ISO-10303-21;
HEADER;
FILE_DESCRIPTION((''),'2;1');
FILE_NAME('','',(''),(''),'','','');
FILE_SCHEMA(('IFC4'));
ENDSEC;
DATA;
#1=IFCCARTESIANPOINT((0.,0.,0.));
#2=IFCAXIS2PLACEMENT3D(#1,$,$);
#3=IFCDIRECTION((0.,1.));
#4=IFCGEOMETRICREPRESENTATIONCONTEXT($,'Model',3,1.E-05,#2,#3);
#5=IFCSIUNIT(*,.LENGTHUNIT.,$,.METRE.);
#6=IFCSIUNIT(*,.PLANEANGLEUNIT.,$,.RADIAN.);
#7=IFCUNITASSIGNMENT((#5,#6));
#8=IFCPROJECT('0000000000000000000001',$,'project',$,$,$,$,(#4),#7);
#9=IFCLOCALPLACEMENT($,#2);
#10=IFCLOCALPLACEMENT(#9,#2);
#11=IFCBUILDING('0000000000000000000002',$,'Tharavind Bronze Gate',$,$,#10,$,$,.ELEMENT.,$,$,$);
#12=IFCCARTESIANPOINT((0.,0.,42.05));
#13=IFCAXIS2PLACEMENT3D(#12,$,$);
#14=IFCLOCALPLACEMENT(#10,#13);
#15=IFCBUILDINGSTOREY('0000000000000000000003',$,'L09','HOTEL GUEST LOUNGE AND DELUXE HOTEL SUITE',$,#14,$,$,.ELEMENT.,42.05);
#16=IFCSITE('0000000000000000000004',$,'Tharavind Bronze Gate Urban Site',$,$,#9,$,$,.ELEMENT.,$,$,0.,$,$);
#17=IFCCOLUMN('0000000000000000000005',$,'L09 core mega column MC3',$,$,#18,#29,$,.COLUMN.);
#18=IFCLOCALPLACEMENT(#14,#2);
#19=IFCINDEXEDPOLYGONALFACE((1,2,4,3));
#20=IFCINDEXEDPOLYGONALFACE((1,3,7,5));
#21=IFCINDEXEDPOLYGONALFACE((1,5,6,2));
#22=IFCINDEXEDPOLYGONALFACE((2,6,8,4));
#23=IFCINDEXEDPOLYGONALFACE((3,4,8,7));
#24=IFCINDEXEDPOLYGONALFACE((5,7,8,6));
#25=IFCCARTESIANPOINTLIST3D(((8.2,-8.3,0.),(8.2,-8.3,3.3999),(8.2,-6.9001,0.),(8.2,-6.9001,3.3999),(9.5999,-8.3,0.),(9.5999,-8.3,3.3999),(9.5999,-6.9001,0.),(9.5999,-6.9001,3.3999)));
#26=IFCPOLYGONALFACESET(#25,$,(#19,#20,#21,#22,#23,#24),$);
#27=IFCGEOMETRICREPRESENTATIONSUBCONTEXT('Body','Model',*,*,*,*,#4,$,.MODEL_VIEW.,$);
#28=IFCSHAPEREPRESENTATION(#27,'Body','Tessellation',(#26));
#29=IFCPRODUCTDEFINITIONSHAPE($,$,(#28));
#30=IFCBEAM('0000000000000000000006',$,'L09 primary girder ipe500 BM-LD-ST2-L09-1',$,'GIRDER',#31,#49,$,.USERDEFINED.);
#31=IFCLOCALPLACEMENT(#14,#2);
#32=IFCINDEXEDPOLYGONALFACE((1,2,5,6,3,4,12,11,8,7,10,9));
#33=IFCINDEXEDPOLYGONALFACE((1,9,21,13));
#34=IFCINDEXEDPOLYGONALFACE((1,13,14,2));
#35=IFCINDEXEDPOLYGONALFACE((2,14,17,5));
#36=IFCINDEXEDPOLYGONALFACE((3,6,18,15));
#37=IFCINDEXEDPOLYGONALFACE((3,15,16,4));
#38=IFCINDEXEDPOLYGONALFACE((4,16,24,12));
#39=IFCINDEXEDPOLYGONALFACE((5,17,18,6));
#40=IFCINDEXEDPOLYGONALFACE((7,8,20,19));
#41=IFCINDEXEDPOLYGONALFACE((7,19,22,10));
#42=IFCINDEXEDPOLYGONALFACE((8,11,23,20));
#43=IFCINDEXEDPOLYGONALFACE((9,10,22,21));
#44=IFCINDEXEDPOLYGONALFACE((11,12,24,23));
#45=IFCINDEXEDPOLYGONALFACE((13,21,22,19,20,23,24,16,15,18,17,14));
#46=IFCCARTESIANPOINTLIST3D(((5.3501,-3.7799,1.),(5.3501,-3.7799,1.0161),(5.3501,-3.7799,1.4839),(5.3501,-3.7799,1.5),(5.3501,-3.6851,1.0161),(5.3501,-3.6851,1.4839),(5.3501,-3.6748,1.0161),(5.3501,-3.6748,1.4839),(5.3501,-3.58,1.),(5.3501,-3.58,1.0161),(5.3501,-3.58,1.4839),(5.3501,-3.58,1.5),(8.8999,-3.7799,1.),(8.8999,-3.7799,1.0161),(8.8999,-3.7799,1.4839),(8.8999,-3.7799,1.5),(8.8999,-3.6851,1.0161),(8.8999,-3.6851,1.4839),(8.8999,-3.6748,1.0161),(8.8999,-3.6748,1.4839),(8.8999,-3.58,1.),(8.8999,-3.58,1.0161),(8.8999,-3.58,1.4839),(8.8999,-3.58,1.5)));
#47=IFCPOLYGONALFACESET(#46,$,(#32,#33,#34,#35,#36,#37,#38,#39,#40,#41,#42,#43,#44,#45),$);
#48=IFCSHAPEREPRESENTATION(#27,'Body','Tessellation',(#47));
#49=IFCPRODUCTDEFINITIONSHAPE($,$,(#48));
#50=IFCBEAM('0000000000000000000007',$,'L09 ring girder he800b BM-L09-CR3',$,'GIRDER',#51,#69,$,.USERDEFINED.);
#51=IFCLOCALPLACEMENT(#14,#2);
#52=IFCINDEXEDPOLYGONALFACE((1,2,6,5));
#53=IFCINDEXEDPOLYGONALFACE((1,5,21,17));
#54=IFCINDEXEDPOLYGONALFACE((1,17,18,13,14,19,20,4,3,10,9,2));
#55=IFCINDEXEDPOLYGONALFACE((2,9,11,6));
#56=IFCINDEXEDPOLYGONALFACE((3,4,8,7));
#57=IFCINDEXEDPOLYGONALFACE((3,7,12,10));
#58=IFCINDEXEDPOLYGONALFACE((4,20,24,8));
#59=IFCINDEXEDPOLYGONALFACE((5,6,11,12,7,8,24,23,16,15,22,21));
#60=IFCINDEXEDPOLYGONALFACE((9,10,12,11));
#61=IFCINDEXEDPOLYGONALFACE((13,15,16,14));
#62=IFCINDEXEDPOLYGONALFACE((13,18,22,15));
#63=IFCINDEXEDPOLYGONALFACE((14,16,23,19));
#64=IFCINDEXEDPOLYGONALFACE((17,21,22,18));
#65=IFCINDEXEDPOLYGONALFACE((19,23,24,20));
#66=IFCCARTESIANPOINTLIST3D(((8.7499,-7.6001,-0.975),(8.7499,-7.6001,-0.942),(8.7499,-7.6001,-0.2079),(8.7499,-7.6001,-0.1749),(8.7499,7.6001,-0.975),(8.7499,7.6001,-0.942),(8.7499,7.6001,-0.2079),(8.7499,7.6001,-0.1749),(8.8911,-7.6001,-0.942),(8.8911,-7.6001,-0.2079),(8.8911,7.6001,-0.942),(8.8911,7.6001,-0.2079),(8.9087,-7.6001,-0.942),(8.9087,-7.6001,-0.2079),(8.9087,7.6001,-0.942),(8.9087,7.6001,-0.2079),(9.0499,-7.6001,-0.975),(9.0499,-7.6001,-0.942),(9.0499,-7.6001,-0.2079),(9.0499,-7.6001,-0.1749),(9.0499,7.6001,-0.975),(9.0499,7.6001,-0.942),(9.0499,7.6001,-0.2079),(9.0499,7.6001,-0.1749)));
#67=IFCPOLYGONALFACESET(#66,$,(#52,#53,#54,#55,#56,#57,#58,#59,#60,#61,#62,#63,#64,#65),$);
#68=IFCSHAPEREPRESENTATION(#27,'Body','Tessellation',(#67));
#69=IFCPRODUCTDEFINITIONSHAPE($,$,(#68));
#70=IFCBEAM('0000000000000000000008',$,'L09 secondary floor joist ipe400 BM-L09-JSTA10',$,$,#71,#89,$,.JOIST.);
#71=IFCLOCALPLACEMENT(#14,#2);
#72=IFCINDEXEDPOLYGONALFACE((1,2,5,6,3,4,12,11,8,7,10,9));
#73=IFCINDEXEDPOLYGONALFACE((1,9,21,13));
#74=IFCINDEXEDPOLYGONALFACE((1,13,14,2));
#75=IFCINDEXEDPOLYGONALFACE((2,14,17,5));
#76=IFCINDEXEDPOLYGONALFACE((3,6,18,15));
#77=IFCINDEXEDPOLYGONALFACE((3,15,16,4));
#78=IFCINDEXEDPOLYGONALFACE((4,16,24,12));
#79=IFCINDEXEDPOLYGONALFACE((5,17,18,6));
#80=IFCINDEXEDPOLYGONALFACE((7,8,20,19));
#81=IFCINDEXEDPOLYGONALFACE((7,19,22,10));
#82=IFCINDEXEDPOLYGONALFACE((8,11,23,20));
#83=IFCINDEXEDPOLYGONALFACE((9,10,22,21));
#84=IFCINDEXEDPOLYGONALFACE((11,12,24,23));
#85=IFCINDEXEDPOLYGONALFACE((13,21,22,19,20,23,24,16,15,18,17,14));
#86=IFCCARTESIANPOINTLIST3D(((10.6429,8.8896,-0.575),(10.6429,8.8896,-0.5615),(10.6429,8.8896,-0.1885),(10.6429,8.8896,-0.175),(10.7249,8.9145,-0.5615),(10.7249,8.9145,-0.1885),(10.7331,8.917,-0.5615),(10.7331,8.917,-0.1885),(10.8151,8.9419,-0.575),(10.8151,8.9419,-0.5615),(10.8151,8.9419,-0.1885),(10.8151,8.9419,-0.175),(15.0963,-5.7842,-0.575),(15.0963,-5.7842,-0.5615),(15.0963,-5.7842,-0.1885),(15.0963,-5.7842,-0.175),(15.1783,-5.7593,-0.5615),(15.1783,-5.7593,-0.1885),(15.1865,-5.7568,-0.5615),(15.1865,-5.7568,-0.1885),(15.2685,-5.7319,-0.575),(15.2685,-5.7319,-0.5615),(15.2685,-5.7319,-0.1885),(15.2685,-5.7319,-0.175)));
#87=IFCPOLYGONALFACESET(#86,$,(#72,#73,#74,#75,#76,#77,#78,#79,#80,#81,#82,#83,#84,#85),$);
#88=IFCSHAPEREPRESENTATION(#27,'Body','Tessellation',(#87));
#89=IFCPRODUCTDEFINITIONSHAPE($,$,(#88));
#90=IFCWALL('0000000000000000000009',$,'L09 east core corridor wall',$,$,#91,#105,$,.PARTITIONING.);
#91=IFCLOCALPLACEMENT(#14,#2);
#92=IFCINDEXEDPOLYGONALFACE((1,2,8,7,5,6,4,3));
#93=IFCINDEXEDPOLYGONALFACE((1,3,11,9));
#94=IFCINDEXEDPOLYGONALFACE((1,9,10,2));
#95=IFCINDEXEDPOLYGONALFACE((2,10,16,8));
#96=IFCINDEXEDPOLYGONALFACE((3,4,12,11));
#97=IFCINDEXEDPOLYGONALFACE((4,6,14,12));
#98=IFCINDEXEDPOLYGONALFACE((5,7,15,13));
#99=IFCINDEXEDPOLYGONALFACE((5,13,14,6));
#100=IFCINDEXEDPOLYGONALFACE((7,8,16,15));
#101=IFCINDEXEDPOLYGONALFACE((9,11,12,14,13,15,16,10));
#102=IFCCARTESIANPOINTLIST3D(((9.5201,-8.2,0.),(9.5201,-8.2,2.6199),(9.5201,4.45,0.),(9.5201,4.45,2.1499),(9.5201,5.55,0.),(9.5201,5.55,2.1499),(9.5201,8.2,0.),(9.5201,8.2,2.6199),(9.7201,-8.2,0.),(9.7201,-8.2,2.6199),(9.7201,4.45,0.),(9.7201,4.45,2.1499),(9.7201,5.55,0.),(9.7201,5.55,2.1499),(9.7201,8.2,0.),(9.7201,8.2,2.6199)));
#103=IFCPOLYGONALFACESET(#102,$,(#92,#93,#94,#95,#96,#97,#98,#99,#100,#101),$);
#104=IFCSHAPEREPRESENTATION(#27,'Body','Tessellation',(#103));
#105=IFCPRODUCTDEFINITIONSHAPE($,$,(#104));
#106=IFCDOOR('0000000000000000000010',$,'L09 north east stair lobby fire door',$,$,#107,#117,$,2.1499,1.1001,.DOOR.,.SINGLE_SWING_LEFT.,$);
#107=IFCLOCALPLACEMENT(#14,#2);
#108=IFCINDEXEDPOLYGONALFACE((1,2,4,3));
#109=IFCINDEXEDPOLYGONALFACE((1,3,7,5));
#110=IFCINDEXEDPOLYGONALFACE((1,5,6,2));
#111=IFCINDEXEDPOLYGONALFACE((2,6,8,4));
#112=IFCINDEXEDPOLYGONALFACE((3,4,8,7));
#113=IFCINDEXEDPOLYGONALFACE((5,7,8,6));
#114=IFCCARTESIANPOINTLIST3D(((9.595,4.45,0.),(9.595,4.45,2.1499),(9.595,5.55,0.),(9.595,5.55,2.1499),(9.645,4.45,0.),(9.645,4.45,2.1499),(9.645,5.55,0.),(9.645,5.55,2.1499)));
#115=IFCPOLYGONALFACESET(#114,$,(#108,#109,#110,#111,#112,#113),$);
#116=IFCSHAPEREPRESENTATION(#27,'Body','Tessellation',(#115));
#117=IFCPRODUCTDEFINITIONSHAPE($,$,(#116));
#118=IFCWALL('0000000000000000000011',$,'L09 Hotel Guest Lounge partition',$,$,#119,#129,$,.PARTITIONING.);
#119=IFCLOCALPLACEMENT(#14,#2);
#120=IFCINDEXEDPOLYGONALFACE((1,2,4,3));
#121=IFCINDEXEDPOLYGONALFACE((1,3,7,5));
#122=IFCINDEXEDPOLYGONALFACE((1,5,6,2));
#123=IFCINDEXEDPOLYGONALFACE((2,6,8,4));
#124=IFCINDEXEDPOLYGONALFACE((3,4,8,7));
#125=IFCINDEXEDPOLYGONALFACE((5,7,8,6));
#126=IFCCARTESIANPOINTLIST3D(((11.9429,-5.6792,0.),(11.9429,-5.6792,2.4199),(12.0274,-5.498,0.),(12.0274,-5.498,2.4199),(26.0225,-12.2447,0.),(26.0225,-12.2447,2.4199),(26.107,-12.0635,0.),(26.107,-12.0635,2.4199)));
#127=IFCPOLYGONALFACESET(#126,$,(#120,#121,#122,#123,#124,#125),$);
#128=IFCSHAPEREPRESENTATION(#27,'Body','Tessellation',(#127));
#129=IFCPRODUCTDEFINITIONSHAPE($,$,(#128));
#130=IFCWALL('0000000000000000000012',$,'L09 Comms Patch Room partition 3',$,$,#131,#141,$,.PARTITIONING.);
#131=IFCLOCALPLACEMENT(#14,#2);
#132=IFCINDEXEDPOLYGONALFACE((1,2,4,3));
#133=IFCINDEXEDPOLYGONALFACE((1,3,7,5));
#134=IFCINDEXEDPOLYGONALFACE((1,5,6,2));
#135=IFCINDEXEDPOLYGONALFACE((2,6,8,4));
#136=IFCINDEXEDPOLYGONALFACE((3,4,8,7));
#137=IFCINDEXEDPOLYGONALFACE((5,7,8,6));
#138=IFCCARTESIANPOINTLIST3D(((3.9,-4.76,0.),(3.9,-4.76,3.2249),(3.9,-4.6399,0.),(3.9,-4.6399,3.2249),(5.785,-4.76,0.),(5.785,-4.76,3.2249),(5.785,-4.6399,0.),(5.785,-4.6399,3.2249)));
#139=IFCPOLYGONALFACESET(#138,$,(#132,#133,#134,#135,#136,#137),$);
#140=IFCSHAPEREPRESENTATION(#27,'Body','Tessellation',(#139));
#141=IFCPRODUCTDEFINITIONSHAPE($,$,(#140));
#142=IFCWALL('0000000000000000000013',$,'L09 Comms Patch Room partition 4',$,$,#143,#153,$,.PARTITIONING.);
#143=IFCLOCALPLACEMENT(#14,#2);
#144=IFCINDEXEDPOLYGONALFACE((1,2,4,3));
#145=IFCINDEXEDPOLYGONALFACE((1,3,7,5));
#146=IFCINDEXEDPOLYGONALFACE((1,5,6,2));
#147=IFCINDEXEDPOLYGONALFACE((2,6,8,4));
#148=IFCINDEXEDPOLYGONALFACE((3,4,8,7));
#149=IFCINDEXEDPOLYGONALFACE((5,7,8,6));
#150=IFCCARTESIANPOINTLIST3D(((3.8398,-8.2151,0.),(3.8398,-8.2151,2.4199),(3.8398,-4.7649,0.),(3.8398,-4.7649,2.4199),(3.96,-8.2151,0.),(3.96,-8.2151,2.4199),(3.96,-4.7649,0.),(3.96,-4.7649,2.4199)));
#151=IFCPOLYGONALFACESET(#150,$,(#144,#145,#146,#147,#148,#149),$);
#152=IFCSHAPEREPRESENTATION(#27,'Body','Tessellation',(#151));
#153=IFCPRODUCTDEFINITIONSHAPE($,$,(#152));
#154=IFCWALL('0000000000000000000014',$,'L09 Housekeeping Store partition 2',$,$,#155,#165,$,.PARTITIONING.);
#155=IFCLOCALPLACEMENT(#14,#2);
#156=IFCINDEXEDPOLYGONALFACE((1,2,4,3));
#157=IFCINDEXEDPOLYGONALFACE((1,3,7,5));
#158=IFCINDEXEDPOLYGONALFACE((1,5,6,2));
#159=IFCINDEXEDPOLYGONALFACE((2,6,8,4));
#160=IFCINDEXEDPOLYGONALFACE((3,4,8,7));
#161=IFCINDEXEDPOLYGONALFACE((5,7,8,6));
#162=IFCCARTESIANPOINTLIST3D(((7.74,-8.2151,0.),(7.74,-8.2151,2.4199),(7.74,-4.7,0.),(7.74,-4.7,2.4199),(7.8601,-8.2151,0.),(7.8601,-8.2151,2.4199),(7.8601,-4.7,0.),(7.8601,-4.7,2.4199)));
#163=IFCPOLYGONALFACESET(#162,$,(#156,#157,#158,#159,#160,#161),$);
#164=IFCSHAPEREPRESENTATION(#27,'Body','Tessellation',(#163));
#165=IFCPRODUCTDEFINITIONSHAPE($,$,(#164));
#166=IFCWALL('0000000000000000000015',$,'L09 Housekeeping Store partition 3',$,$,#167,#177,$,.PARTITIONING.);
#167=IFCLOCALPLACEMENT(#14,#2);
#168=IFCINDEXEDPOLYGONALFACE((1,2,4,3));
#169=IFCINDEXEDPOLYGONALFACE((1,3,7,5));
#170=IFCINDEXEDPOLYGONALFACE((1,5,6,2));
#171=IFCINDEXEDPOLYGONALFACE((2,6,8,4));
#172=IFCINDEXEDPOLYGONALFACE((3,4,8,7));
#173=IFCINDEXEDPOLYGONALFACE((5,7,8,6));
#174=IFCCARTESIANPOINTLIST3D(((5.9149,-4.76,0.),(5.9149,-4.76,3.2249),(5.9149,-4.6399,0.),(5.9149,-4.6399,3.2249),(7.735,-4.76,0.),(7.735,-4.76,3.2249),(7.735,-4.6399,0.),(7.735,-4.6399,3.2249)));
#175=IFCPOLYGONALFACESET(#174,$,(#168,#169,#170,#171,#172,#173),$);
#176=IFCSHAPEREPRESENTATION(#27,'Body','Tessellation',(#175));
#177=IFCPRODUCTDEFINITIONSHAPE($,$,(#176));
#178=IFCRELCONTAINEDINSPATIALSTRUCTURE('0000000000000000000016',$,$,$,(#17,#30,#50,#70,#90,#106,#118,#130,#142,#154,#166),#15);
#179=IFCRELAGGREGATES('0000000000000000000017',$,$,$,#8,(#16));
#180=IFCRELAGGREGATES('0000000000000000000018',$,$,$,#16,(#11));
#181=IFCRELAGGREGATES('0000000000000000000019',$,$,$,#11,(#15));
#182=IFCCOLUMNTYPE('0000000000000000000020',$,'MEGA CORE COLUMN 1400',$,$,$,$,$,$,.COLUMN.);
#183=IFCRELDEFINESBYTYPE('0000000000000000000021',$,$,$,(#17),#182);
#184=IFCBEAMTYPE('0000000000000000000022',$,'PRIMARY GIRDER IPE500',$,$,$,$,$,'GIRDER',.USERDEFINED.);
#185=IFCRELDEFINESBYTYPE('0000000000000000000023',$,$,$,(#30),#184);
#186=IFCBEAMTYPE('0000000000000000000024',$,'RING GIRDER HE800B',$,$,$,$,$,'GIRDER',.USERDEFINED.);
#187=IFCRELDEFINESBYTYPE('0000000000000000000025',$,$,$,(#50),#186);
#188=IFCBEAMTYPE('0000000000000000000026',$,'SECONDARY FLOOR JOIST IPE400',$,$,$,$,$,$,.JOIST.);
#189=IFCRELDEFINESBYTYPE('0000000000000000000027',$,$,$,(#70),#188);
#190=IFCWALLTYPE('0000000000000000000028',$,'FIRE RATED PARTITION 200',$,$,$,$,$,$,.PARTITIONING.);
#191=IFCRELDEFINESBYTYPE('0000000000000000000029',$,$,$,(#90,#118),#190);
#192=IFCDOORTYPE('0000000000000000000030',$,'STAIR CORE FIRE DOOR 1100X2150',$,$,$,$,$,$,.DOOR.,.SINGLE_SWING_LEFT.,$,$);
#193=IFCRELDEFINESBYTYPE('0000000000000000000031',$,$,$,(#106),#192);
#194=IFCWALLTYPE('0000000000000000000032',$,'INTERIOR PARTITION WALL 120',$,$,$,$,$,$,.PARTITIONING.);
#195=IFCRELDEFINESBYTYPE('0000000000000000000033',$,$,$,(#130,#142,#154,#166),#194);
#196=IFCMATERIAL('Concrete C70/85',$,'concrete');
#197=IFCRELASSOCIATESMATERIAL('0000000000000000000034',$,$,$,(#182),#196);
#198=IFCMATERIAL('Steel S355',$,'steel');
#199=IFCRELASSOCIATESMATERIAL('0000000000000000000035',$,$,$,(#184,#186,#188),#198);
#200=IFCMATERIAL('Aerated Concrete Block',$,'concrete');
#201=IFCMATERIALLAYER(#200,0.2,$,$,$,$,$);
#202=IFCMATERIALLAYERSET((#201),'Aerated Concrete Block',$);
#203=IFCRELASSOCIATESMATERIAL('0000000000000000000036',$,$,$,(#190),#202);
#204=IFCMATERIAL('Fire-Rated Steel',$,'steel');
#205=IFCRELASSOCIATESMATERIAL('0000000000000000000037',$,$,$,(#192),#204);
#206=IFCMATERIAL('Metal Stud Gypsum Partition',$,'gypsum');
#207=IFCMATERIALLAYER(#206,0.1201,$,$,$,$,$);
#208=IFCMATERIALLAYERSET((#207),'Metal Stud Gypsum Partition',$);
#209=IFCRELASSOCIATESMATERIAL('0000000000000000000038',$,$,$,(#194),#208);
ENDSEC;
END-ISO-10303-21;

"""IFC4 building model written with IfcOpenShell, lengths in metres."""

from ifc_helpers import new_model, si_unit, direction, frame, frame_2d, origin, origin_2d, place, context, subcontext, project, spatial, rectangle, i_section, extrude, material, layer, layer_set, material_profile, profile_set, type_object, element, fill, save


model = new_model("IFC4")

# Units and contexts
model_context = context("Model", 3, precision=1e-05, world=origin(), true_north=direction((0.0, 1.0)))
body_context = subcontext(model_context, "Body", "Model", "MODEL_VIEW")
ifc_project = project(units=[si_unit("LENGTHUNIT", "METRE"), si_unit("PLANEANGLEUNIT", "RADIAN")], contexts=[model_context])

# Site, building, storey
site_placement = place(None, origin())
site = spatial("IfcSite", under=ifc_project, at=site_placement, Name="Tharavind Bronze Gate Urban Site", CompositionType="ELEMENT", RefElevation=0.0)
building_placement = place(site_placement, origin())
building = spatial("IfcBuilding", under=site, at=building_placement, Name="Tharavind Bronze Gate", CompositionType="ELEMENT")
storey_placement = place(building_placement, frame((0.0, 0.0, 42.05)))
storey = spatial("IfcBuildingStorey", under=building, at=storey_placement, Name="L09", Description="HOTEL GUEST LOUNGE AND DELUXE HOTEL SUITE", CompositionType="ELEMENT", Elevation=42.05)

# Column
ifc_material_1 = material(Name="Concrete C70/85", Category="concrete")
ifc_material_profile_1 = material_profile(ifc_material_1, rectangle(XDim=1.3999, YDim=1.3999, at=origin_2d()), Name="RCCOL1400")
ifc_profile_set_1 = profile_set([ifc_material_profile_1], Name="Concrete C70/85")
column_type = type_object("IfcColumnType", Name="MEGA CORE COLUMN 1400", PredefinedType="COLUMN", material=ifc_profile_set_1)
column_placement = place(storey_placement, frame((8.8999, -7.6001, 0.0), z_axis=(0.0, 0.0, 1.0), x_axis=(1.0, 0.0, 0.0)))
element("IfcColumn", 1, at=column_placement, inside=storey, type_object=column_type, Name="L09 core mega column MC3", PredefinedType="COLUMN", context=body_context, shape_type="SweptSolid", body=[
    extrude(rectangle(XDim=1.3999, YDim=1.3999, at=origin_2d()), origin(), (0.0, 0.0, 1.0), 3.3999),
])

# Beams
ifc_material_2 = material(Name="Steel S355", Category="steel")
ifc_material_profile_2 = material_profile(ifc_material_2, i_section(OverallWidth=0.2, OverallDepth=0.5, WebThickness=0.0103, FlangeThickness=0.0161, at=origin_2d()), Name="IPE500")
ifc_profile_set_2 = profile_set([ifc_material_profile_2], Name="Steel S355")
beam_type_1 = type_object("IfcBeamType", Name="PRIMARY GIRDER IPE500", ElementType="GIRDER", PredefinedType="USERDEFINED", material=ifc_profile_set_2)
beam_1_placement = place(storey_placement, frame((5.3501, -3.6799, 1.25), z_axis=(1.0, 0.0, 0.0), x_axis=(0.0, 1.0, 0.0)))
element("IfcBeam", 2, at=beam_1_placement, inside=storey, type_object=beam_type_1, Name="L09 primary girder ipe500 BM-LD-ST2-L09-1", ObjectType="GIRDER", PredefinedType="USERDEFINED", context=body_context, shape_type="SweptSolid", body=[
    extrude(i_section(OverallWidth=0.2, OverallDepth=0.5, WebThickness=0.0103, FlangeThickness=0.0161, at=origin_2d()), origin(), (0.0, 0.0, 1.0), 3.5498),
])
ifc_material_profile_3 = material_profile(ifc_material_2, i_section(OverallWidth=0.3, OverallDepth=0.8, WebThickness=0.0176, FlangeThickness=0.033, at=origin_2d()), Name="HE800B")
ifc_profile_set_3 = profile_set([ifc_material_profile_3], Name="Steel S355")
beam_type_2 = type_object("IfcBeamType", Name="RING GIRDER HE800B", ElementType="GIRDER", PredefinedType="USERDEFINED", material=ifc_profile_set_3)
beam_2_placement = place(storey_placement, frame((8.8999, -7.6001, -0.575), z_axis=(0.0, 1.0, 0.0), x_axis=(-1.0, 0.0, 0.0)))
element("IfcBeam", 3, at=beam_2_placement, inside=storey, type_object=beam_type_2, Name="L09 ring girder he800b BM-L09-CR3", ObjectType="GIRDER", PredefinedType="USERDEFINED", context=body_context, shape_type="SweptSolid", body=[
    extrude(i_section(OverallWidth=0.3, OverallDepth=0.8, WebThickness=0.0176, FlangeThickness=0.033, at=origin_2d()), origin(), (0.0, 0.0, 1.0), 15.2002),
])
ifc_material_profile_4 = material_profile(ifc_material_2, i_section(OverallWidth=0.1799, OverallDepth=0.3999, WebThickness=0.0085, FlangeThickness=0.0134, at=origin_2d()), Name="IPE400")
ifc_profile_set_4 = profile_set([ifc_material_profile_4], Name="Steel S355")
beam_type_3 = type_object("IfcBeamType", Name="SECONDARY FLOOR JOIST IPE400", PredefinedType="JOIST", material=ifc_profile_set_4)
beam_3_placement = place(storey_placement, frame((15.1824, -5.7581, -0.375), z_axis=(-0.290411, 0.956902, 0.0), x_axis=(-0.956902, -0.290411, 0.0)))
element("IfcBeam", 4, at=beam_3_placement, inside=storey, type_object=beam_type_3, Name="L09 secondary floor joist ipe400 BM-L09-JSTA10", PredefinedType="JOIST", context=body_context, shape_type="SweptSolid", body=[
    extrude(i_section(OverallWidth=0.1799, OverallDepth=0.3999, WebThickness=0.0085, FlangeThickness=0.0134, at=origin_2d()), origin(), (0.0, 0.0, 1.0), 15.3347),
])

# Wall, opening, door
ifc_material_3 = material(Name="Aerated Concrete Block", Category="concrete")
ifc_layer_1 = layer(ifc_material_3, 0.2)
ifc_layer_set_1 = layer_set([ifc_layer_1], Name="Aerated Concrete Block")
wall_type_1 = type_object("IfcWallType", Name="FIRE RATED PARTITION 200", PredefinedType="PARTITIONING", material=ifc_layer_set_1)
wall_1_placement = place(storey_placement, frame((9.6201, -8.2, 0.0), z_axis=(0.0, 0.0, 1.0), x_axis=(0.0, 1.0, 0.0)))
wall_1 = element("IfcWall", 5, at=wall_1_placement, inside=storey, type_object=wall_type_1, Name="L09 east core corridor wall", PredefinedType="PARTITIONING", context=body_context, shape_type="SweptSolid", body=[
    extrude(rectangle(XDim=16.3999, YDim=0.2, at=frame_2d((8.2, 0.0))), origin(), (0.0, 0.0, 1.0), 2.6199),
])
opening_1_placement = place(wall_1_placement, frame((12.6499, 0.0, 0.0)))
opening_1 = element("IfcOpeningElement", 6, at=opening_1_placement, cuts=wall_1, PredefinedType="OPENING", context=body_context, shape_type="SweptSolid", body=[
    extrude(rectangle(XDim=1.1001, YDim=2.1499, at=frame_2d((0.55, 1.075))), frame((0.0, 0.1101, 0.0), z_axis=(0.0, -1.0, 0.0), x_axis=(1.0, 0.0, 0.0)), (0.0, 0.0, 1.0), 0.22),
])
ifc_material_4 = material(Name="Fire-Rated Steel", Category="steel")
door_type_1 = type_object("IfcDoorType", Name="STAIR CORE FIRE DOOR 1100X2150", OperationType="SINGLE_SWING_LEFT", PredefinedType="DOOR", material=ifc_material_4)
door_1_placement = place(opening_1_placement, frame((1.1001, 0.0, 0.0), z_axis=(0.0, 0.0, 1.0), x_axis=(-1.0, 0.0, 0.0)))
door_1 = element("IfcDoor", 7, at=door_1_placement, inside=storey, type_object=door_type_1, Name="L09 north east stair lobby fire door", OperationType="SINGLE_SWING_LEFT", OverallHeight=2.1499, OverallWidth=1.1001, PredefinedType="DOOR", context=body_context, shape_type="SweptSolid", body=[
    extrude(rectangle(XDim=1.1001, YDim=2.1499, at=frame_2d((0.55, 1.075))), frame((0.0, 0.0249, 0.0), z_axis=(0.0, -1.0, 0.0), x_axis=(1.0, 0.0, 0.0)), (0.0, 0.0, 1.0), 0.05),
])
fill(opening_1, door_1)

# Wall
wall_2_placement = place(storey_placement, frame((11.9851, -5.5886, 0.0), z_axis=(0.0, 0.0, 1.0), x_axis=(0.906308, -0.422619, 0.0)))
element("IfcWall", 8, at=wall_2_placement, inside=storey, type_object=wall_type_1, Name="L09 Hotel Guest Lounge partition", PredefinedType="PARTITIONING", context=body_context, shape_type="SweptSolid", body=[
    extrude(rectangle(XDim=15.5352, YDim=0.2, at=frame_2d((7.7676, 0.0))), origin(), (0.0, 0.0, 1.0), 2.4199),
])

# Walls
ifc_material_5 = material(Name="Metal Stud Gypsum Partition", Category="gypsum")
ifc_layer_2 = layer(ifc_material_5, 0.1201)
ifc_layer_set_2 = layer_set([ifc_layer_2], Name="Metal Stud Gypsum Partition")
wall_type_2 = type_object("IfcWallType", Name="INTERIOR PARTITION WALL 120", PredefinedType="PARTITIONING", material=ifc_layer_set_2)
wall_3_placement = place(storey_placement, frame((5.7849, -4.7, 0.0), z_axis=(0.0, 0.0, 1.0), x_axis=(-1.0, 0.0, 0.0)))
element("IfcWall", 9, at=wall_3_placement, inside=storey, type_object=wall_type_2, Name="L09 Comms Patch Room partition 3", PredefinedType="PARTITIONING", context=body_context, shape_type="SweptSolid", body=[
    extrude(rectangle(XDim=1.885, YDim=0.1201, at=frame_2d((0.9424, 0.0))), origin(), (0.0, 0.0, 1.0), 3.2249),
])
wall_4_placement = place(storey_placement, frame((3.8999, -4.7649, 0.0), z_axis=(0.0, 0.0, 1.0), x_axis=(0.0, -1.0, 0.0)))
element("IfcWall", 10, at=wall_4_placement, inside=storey, type_object=wall_type_2, Name="L09 Comms Patch Room partition 4", PredefinedType="PARTITIONING", context=body_context, shape_type="SweptSolid", body=[
    extrude(rectangle(XDim=3.4502, YDim=0.1201, at=frame_2d((1.7251, 0.0))), origin(), (0.0, 0.0, 1.0), 2.4199),
])
wall_5_placement = place(storey_placement, frame((7.8, -8.2151, 0.0), z_axis=(0.0, 0.0, 1.0), x_axis=(0.0, 1.0, 0.0)))
element("IfcWall", 11, at=wall_5_placement, inside=storey, type_object=wall_type_2, Name="L09 Housekeeping Store partition 2", PredefinedType="PARTITIONING", context=body_context, shape_type="SweptSolid", body=[
    extrude(rectangle(XDim=3.5151, YDim=0.1201, at=frame_2d((1.7576, 0.0))), origin(), (0.0, 0.0, 1.0), 2.4199),
])
wall_6_placement = place(storey_placement, frame((7.7351, -4.7, 0.0), z_axis=(0.0, 0.0, 1.0), x_axis=(-1.0, 0.0, 0.0)))
element("IfcWall", 12, at=wall_6_placement, inside=storey, type_object=wall_type_2, Name="L09 Housekeeping Store partition 3", PredefinedType="PARTITIONING", context=body_context, shape_type="SweptSolid", body=[
    extrude(rectangle(XDim=1.8201, YDim=0.1201, at=frame_2d((0.9102, 0.0))), origin(), (0.0, 0.0, 1.0), 3.2249),
])

save(model, "model.ifc")
